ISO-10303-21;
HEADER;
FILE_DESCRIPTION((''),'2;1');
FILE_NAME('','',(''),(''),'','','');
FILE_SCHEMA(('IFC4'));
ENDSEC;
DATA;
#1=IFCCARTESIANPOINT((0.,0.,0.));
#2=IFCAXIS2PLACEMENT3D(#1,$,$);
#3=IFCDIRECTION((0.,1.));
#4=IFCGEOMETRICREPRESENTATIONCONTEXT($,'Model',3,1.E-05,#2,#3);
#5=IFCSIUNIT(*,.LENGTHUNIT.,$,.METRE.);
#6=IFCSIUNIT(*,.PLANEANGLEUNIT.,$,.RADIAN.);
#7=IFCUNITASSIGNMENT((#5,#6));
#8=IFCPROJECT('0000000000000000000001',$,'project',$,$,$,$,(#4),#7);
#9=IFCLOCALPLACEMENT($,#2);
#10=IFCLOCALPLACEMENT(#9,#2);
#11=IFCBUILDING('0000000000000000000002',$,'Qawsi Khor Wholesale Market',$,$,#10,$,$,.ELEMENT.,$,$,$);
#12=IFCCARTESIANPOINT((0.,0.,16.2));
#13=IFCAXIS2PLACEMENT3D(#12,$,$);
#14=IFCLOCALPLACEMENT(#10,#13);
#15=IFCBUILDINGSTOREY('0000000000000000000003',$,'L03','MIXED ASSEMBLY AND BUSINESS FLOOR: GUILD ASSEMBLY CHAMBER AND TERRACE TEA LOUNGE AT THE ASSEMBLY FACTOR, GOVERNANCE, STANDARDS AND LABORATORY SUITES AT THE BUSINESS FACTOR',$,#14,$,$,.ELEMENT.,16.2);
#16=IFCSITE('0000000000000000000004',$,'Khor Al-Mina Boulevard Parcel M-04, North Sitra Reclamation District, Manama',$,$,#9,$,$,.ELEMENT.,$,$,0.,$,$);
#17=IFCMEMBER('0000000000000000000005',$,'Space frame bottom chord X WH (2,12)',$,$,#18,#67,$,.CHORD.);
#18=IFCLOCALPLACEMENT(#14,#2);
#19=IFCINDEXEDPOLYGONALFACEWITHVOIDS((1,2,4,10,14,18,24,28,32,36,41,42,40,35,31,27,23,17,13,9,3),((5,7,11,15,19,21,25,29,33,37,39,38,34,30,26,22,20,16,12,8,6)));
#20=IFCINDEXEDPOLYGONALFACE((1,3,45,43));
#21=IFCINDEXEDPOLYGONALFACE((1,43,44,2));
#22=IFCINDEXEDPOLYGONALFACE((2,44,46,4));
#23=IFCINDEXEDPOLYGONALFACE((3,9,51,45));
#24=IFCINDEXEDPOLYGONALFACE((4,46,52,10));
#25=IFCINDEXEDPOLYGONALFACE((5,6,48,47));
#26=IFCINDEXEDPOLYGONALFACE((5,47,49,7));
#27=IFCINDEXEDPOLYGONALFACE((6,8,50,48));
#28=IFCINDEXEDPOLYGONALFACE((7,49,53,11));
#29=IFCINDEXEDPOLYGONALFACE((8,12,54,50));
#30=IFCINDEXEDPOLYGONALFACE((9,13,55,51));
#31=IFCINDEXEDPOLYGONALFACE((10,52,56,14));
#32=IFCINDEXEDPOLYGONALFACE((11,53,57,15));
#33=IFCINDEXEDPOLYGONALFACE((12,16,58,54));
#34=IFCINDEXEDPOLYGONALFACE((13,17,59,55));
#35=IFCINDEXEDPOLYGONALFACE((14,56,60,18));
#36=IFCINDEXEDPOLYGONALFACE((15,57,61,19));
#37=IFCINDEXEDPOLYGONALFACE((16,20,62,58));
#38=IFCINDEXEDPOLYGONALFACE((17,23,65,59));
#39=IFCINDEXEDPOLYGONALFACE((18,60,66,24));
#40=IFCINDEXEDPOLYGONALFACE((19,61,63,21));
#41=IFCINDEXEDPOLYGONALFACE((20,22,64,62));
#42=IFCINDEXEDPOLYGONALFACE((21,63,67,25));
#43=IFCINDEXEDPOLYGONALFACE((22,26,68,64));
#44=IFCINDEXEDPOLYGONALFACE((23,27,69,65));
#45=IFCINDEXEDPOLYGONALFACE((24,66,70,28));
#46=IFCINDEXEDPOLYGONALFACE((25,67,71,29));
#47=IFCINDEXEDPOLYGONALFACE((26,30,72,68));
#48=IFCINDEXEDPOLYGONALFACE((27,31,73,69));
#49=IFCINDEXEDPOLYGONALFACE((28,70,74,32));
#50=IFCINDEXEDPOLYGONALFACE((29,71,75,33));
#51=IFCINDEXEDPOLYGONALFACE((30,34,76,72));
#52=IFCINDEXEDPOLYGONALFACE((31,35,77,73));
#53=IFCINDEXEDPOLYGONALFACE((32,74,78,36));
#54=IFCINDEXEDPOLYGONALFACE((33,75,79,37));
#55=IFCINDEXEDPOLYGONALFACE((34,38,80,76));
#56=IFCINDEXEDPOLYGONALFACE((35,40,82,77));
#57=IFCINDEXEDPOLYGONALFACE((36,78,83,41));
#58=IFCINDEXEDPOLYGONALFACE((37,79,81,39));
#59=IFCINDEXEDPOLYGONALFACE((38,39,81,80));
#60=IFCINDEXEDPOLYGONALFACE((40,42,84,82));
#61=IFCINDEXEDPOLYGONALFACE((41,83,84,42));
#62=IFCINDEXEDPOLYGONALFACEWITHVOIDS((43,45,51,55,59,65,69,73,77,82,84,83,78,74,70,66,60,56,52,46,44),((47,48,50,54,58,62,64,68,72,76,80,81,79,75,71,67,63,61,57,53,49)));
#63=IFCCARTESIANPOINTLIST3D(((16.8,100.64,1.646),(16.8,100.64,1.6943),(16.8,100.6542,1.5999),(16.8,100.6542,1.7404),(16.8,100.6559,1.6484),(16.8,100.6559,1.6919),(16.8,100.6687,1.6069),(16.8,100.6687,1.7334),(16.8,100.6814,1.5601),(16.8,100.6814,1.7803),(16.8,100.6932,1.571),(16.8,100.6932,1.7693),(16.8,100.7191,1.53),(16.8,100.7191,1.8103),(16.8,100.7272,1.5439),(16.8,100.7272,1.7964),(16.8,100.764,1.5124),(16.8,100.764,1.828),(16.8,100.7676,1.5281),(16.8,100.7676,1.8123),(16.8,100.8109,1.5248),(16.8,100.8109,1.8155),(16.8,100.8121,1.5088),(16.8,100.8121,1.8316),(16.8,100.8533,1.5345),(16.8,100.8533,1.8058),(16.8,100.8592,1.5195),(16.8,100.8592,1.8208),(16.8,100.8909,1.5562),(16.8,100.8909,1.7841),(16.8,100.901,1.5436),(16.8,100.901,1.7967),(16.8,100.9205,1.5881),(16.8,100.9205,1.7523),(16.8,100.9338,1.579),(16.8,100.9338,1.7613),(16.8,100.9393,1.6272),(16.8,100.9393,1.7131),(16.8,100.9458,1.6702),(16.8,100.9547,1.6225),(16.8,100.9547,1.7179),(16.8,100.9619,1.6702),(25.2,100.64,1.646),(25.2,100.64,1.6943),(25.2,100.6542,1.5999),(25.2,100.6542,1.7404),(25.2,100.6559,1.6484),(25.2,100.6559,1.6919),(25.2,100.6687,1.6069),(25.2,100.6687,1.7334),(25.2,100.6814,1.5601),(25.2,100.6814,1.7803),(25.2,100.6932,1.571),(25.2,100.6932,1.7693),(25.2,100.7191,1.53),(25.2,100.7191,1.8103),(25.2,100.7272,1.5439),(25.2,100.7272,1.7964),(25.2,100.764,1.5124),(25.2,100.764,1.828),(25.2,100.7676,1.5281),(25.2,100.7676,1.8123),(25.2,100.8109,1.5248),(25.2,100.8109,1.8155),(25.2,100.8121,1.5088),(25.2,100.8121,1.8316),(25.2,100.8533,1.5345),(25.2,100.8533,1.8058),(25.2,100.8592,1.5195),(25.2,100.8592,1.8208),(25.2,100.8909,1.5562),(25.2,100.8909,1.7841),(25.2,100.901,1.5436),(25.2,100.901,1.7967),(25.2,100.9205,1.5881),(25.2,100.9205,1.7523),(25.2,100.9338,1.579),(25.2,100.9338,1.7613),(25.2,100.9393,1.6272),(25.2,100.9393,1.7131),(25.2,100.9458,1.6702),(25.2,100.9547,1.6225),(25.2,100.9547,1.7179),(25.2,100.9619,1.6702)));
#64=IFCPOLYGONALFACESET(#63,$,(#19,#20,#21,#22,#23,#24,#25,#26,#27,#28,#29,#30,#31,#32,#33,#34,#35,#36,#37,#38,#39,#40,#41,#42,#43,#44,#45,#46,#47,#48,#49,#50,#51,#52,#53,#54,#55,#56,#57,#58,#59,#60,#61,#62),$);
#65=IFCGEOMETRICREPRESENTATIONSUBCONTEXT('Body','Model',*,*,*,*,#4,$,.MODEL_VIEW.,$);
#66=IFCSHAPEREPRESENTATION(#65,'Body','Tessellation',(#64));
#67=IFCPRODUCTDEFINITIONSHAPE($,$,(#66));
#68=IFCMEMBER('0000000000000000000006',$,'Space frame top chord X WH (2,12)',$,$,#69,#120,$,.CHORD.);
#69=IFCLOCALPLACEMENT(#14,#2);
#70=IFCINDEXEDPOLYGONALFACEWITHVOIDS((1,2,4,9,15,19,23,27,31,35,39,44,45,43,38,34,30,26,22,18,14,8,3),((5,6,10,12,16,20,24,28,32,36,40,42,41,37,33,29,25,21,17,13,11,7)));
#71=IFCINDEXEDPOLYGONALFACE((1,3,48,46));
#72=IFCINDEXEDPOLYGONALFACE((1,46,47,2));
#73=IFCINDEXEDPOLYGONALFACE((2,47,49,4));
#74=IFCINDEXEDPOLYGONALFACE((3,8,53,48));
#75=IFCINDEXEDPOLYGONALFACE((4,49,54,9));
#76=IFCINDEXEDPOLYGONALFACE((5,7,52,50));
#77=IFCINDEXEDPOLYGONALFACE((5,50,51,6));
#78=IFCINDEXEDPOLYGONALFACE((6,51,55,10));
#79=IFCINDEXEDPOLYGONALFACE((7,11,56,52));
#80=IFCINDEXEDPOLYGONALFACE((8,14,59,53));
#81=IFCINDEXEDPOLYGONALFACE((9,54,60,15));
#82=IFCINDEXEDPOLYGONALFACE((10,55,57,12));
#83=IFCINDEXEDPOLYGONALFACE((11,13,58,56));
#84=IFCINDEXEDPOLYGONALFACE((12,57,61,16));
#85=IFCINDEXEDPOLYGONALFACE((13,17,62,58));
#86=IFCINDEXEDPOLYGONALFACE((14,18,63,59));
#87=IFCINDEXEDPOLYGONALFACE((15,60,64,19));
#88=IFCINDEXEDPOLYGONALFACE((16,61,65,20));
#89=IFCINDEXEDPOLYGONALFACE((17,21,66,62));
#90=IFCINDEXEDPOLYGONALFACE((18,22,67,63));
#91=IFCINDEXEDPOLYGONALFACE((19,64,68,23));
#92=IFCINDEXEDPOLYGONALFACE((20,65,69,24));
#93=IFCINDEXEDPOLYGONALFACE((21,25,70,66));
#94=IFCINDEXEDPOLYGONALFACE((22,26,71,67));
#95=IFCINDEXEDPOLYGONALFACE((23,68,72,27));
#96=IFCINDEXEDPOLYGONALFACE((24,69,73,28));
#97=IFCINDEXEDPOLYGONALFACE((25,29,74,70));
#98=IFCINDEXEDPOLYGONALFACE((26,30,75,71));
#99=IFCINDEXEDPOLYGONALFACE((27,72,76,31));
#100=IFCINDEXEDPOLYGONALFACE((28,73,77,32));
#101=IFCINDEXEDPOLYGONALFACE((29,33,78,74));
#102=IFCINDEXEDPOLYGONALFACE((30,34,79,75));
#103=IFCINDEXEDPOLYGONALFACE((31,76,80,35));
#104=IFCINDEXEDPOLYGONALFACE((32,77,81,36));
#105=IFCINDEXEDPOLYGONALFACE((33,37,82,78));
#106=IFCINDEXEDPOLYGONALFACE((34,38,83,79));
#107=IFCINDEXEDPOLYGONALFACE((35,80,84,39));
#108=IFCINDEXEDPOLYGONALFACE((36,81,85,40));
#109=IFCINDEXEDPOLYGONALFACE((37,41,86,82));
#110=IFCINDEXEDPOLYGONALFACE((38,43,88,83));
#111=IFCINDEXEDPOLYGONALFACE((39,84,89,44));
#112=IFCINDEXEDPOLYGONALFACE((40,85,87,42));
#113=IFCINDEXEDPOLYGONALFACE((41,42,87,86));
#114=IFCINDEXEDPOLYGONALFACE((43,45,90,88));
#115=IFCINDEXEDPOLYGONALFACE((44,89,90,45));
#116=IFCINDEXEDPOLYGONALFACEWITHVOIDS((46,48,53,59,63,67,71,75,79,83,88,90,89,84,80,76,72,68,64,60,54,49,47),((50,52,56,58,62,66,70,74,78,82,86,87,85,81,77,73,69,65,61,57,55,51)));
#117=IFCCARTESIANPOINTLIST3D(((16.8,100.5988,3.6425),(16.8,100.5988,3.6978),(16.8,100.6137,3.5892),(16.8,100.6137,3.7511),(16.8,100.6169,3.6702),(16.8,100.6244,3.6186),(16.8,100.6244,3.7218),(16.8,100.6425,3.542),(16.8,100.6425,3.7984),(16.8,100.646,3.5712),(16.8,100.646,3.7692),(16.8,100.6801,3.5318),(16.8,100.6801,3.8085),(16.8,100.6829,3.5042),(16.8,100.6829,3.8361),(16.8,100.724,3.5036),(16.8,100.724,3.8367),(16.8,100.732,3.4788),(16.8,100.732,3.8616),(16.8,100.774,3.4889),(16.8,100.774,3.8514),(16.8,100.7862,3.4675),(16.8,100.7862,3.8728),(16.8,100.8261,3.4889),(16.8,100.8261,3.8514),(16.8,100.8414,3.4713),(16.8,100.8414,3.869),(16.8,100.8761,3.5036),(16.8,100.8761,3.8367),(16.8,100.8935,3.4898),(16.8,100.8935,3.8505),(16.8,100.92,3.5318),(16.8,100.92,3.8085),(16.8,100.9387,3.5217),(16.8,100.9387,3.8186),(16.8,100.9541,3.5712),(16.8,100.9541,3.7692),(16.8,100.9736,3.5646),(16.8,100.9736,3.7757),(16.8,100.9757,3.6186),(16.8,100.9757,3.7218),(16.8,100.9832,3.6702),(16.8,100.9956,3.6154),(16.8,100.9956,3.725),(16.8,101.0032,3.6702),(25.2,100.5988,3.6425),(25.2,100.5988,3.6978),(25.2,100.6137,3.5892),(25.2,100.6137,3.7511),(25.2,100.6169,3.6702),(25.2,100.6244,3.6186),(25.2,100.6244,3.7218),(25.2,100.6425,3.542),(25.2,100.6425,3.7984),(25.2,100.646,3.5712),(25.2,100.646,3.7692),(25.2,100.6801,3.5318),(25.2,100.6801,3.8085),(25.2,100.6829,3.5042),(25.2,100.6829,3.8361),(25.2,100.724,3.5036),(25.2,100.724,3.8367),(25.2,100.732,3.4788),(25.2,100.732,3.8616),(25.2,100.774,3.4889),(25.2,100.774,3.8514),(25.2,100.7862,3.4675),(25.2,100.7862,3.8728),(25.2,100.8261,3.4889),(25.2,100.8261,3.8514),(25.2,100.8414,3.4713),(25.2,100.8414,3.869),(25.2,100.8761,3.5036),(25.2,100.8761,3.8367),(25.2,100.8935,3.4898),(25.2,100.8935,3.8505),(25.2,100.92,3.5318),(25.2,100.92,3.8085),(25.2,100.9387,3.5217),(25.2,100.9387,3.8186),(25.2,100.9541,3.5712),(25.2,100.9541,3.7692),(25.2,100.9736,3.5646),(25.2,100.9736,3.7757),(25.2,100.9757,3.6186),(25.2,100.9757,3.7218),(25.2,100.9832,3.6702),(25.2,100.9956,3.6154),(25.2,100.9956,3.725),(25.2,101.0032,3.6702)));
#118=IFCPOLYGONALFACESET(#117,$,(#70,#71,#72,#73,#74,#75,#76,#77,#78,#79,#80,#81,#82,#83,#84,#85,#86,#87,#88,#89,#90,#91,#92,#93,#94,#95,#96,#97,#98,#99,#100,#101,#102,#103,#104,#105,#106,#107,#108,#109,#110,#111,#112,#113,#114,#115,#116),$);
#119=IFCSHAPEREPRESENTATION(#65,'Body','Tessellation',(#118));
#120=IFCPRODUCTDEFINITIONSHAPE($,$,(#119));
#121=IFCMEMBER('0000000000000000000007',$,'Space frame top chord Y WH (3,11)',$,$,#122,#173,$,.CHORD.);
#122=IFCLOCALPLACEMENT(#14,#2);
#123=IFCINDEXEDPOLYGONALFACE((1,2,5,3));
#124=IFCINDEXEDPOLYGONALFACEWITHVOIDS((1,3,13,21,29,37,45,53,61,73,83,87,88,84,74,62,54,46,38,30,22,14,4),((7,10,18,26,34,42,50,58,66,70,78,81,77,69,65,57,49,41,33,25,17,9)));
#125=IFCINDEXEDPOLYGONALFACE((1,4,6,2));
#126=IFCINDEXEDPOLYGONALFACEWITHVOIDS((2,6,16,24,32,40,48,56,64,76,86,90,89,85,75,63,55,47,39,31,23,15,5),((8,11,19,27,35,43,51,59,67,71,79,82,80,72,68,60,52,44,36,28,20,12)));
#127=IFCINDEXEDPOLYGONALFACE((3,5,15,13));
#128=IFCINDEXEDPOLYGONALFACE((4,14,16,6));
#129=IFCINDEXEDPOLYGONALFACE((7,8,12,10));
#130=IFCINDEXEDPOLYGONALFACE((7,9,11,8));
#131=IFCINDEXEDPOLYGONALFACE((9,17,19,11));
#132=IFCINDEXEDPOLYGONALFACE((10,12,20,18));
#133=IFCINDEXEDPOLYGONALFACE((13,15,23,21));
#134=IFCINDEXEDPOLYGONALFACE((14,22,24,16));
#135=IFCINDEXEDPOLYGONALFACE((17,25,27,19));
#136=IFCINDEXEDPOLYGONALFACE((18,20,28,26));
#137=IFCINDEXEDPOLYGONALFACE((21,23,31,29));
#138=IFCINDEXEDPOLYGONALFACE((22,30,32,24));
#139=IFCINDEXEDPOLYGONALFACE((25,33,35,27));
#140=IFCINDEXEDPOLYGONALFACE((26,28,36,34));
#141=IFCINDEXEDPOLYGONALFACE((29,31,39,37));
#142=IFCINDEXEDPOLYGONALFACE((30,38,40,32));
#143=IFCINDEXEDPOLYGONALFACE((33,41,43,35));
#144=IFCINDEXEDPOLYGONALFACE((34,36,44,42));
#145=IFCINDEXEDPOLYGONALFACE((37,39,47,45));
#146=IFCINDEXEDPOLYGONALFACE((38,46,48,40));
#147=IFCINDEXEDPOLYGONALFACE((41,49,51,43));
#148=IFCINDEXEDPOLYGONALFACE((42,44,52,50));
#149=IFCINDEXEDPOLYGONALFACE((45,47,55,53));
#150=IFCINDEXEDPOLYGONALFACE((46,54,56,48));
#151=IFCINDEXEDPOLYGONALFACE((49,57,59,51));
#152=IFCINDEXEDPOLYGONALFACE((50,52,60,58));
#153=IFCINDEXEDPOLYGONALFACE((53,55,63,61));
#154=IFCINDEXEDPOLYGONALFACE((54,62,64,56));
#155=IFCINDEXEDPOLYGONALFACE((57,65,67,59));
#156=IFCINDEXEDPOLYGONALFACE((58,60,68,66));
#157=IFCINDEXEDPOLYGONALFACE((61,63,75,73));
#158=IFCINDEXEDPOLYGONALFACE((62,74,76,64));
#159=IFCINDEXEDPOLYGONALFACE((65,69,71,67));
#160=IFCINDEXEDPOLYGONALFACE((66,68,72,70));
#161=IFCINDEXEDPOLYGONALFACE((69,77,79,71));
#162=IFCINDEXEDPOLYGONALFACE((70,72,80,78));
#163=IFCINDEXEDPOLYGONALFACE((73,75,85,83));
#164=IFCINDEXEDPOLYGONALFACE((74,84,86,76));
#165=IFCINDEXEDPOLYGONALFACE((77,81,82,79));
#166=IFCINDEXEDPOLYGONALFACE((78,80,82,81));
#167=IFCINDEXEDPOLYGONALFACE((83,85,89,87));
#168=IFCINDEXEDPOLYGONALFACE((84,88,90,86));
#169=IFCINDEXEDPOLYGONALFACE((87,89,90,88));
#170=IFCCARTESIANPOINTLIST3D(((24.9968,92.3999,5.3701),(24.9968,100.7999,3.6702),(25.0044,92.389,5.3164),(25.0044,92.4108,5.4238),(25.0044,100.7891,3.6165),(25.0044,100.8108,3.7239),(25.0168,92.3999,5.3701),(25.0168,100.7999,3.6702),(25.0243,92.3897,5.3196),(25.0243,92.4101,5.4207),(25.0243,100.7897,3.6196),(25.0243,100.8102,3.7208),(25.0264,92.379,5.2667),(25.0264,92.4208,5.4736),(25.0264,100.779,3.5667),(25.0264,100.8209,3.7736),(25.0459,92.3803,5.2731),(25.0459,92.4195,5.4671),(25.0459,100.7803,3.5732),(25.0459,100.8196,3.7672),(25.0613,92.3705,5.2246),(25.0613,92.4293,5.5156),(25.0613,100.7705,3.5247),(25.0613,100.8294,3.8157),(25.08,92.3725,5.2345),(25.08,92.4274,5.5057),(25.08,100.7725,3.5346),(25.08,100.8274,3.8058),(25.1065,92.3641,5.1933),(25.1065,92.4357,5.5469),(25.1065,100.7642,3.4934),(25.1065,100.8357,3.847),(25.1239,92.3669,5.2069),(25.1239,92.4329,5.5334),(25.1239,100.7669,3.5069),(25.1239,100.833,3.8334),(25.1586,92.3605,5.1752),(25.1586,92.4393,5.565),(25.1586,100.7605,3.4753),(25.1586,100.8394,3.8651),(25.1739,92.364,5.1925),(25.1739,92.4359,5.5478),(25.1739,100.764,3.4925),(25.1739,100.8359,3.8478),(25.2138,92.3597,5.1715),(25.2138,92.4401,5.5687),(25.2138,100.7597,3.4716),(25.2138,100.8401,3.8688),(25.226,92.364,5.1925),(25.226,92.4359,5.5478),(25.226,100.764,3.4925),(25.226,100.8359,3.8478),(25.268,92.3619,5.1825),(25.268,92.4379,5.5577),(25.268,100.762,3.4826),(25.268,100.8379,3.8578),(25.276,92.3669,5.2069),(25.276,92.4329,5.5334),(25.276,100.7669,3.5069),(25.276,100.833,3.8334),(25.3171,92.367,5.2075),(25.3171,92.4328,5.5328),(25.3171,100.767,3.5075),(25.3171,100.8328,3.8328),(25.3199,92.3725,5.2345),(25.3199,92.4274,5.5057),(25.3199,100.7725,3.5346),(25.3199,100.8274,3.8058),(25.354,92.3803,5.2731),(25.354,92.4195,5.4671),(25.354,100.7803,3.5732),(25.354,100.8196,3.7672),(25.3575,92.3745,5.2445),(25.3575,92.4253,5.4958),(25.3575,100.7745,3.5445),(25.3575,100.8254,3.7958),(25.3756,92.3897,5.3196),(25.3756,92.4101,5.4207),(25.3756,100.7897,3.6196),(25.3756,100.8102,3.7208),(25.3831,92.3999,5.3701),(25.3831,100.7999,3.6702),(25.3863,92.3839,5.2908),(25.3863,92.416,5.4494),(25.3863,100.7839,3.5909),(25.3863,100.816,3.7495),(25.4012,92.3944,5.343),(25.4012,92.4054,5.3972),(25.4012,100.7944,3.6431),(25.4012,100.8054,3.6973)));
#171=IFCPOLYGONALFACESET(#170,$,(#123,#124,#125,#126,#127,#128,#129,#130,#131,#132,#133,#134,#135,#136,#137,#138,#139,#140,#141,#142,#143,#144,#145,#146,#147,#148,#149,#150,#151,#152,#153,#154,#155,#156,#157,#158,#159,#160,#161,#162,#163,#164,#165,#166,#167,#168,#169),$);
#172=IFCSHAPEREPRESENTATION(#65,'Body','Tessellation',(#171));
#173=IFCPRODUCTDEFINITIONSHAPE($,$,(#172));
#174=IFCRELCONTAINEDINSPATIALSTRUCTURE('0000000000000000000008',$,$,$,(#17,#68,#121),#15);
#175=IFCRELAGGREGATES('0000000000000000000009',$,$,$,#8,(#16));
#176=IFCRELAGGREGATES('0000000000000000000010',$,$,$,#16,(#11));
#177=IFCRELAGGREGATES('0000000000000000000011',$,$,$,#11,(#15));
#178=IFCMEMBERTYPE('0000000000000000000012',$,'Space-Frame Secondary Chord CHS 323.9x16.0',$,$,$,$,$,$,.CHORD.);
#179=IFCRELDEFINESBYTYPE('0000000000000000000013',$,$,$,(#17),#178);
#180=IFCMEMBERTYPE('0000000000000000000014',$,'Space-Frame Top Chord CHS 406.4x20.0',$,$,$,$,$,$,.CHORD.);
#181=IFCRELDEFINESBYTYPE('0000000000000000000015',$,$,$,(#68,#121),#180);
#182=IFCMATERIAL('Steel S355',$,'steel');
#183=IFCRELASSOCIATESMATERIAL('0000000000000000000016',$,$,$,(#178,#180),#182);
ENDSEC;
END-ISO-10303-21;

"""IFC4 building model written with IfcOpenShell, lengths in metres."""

from ifc_helpers import new_model, si_unit, direction, frame, origin, origin_2d, place, context, subcontext, project, spatial, hollow_circle, extrude, material, material_profile, profile_set, type_object, element, save


model = new_model("IFC4")

# Units and contexts
model_context = context("Model", 3, precision=1e-05, world=origin(), true_north=direction((0.0, 1.0)))
body_context = subcontext(model_context, "Body", "Model", "MODEL_VIEW")
ifc_project = project(units=[si_unit("LENGTHUNIT", "METRE"), si_unit("PLANEANGLEUNIT", "RADIAN")], contexts=[model_context])

# Site, building, storey
site_placement = place(None, origin())
site = spatial("IfcSite", under=ifc_project, at=site_placement, Name="Khor Al-Mina Boulevard Parcel M-04, North Sitra Reclamation District, Manama", CompositionType="ELEMENT", RefElevation=0.0)
building_placement = place(site_placement, origin())
building = spatial("IfcBuilding", under=site, at=building_placement, Name="Qawsi Khor Wholesale Market", CompositionType="ELEMENT")
storey_placement = place(building_placement, frame((0.0, 0.0, 16.2)))
storey = spatial("IfcBuildingStorey", under=building, at=storey_placement, Name="L03", Description="MIXED ASSEMBLY AND BUSINESS FLOOR: GUILD ASSEMBLY CHAMBER AND TERRACE TEA LOUNGE AT THE ASSEMBLY FACTOR, GOVERNANCE, STANDARDS AND LABORATORY SUITES AT THE BUSINESS FACTOR", CompositionType="ELEMENT", Elevation=16.2)

# Members
ifc_material_1 = material(Name="Steel S355", Category="steel")
ifc_material_profile_1 = material_profile(ifc_material_1, hollow_circle(Radius=0.1619, WallThickness=0.0161, at=origin_2d()), Name="CHS 323.9x16.0")
ifc_profile_set_1 = profile_set([ifc_material_profile_1], Name="Steel S355")
member_type_1 = type_object("IfcMemberType", Name="Space-Frame Secondary Chord CHS 323.9x16.0", PredefinedType="CHORD", material=ifc_profile_set_1)
member_1_placement = place(storey_placement, frame((16.8, 100.8, 1.6702), z_axis=(1.0, 0.0, 0.0), x_axis=(0.0, 1.0, 0.0)))
element("IfcMember", 1, at=member_1_placement, inside=storey, type_object=member_type_1, Name="Space frame bottom chord X WH (2,12)", PredefinedType="CHORD", context=body_context, shape_type="SweptSolid", body=[
    extrude(hollow_circle(Radius=0.1619, WallThickness=0.0161, at=origin_2d()), origin(), (0.0, 0.0, 1.0), 8.3999),
])
ifc_material_profile_2 = material_profile(ifc_material_1, hollow_circle(Radius=0.2031, WallThickness=0.02, at=origin_2d()), Name="CHS 406.4x20.0")
ifc_profile_set_2 = profile_set([ifc_material_profile_2], Name="Steel S355")
member_type_2 = type_object("IfcMemberType", Name="Space-Frame Top Chord CHS 406.4x20.0", PredefinedType="CHORD", material=ifc_profile_set_2)
member_2_placement = place(storey_placement, frame((16.8, 100.8, 3.6702), z_axis=(1.0, 0.0, 0.0), x_axis=(0.0, 1.0, 0.0)))
element("IfcMember", 2, at=member_2_placement, inside=storey, type_object=member_type_2, Name="Space frame top chord X WH (2,12)", PredefinedType="CHORD", context=body_context, shape_type="SweptSolid", body=[
    extrude(hollow_circle(Radius=0.2031, WallThickness=0.02, at=origin_2d()), origin(), (0.0, 0.0, 1.0), 8.3999),
])
member_3_placement = place(storey_placement, frame((25.2, 92.3999, 5.3701), z_axis=(0.0, 0.980131, -0.198351), x_axis=(-1.0, 0.0, 0.0)))
element("IfcMember", 3, at=member_3_placement, inside=storey, type_object=member_type_2, Name="Space frame top chord Y WH (3,11)", PredefinedType="CHORD", context=body_context, shape_type="SweptSolid", body=[
    extrude(hollow_circle(Radius=0.2031, WallThickness=0.02, at=origin_2d()), origin(), (0.0, 0.0, 1.0), 8.5703),
])

save(model, "model.ifc")
